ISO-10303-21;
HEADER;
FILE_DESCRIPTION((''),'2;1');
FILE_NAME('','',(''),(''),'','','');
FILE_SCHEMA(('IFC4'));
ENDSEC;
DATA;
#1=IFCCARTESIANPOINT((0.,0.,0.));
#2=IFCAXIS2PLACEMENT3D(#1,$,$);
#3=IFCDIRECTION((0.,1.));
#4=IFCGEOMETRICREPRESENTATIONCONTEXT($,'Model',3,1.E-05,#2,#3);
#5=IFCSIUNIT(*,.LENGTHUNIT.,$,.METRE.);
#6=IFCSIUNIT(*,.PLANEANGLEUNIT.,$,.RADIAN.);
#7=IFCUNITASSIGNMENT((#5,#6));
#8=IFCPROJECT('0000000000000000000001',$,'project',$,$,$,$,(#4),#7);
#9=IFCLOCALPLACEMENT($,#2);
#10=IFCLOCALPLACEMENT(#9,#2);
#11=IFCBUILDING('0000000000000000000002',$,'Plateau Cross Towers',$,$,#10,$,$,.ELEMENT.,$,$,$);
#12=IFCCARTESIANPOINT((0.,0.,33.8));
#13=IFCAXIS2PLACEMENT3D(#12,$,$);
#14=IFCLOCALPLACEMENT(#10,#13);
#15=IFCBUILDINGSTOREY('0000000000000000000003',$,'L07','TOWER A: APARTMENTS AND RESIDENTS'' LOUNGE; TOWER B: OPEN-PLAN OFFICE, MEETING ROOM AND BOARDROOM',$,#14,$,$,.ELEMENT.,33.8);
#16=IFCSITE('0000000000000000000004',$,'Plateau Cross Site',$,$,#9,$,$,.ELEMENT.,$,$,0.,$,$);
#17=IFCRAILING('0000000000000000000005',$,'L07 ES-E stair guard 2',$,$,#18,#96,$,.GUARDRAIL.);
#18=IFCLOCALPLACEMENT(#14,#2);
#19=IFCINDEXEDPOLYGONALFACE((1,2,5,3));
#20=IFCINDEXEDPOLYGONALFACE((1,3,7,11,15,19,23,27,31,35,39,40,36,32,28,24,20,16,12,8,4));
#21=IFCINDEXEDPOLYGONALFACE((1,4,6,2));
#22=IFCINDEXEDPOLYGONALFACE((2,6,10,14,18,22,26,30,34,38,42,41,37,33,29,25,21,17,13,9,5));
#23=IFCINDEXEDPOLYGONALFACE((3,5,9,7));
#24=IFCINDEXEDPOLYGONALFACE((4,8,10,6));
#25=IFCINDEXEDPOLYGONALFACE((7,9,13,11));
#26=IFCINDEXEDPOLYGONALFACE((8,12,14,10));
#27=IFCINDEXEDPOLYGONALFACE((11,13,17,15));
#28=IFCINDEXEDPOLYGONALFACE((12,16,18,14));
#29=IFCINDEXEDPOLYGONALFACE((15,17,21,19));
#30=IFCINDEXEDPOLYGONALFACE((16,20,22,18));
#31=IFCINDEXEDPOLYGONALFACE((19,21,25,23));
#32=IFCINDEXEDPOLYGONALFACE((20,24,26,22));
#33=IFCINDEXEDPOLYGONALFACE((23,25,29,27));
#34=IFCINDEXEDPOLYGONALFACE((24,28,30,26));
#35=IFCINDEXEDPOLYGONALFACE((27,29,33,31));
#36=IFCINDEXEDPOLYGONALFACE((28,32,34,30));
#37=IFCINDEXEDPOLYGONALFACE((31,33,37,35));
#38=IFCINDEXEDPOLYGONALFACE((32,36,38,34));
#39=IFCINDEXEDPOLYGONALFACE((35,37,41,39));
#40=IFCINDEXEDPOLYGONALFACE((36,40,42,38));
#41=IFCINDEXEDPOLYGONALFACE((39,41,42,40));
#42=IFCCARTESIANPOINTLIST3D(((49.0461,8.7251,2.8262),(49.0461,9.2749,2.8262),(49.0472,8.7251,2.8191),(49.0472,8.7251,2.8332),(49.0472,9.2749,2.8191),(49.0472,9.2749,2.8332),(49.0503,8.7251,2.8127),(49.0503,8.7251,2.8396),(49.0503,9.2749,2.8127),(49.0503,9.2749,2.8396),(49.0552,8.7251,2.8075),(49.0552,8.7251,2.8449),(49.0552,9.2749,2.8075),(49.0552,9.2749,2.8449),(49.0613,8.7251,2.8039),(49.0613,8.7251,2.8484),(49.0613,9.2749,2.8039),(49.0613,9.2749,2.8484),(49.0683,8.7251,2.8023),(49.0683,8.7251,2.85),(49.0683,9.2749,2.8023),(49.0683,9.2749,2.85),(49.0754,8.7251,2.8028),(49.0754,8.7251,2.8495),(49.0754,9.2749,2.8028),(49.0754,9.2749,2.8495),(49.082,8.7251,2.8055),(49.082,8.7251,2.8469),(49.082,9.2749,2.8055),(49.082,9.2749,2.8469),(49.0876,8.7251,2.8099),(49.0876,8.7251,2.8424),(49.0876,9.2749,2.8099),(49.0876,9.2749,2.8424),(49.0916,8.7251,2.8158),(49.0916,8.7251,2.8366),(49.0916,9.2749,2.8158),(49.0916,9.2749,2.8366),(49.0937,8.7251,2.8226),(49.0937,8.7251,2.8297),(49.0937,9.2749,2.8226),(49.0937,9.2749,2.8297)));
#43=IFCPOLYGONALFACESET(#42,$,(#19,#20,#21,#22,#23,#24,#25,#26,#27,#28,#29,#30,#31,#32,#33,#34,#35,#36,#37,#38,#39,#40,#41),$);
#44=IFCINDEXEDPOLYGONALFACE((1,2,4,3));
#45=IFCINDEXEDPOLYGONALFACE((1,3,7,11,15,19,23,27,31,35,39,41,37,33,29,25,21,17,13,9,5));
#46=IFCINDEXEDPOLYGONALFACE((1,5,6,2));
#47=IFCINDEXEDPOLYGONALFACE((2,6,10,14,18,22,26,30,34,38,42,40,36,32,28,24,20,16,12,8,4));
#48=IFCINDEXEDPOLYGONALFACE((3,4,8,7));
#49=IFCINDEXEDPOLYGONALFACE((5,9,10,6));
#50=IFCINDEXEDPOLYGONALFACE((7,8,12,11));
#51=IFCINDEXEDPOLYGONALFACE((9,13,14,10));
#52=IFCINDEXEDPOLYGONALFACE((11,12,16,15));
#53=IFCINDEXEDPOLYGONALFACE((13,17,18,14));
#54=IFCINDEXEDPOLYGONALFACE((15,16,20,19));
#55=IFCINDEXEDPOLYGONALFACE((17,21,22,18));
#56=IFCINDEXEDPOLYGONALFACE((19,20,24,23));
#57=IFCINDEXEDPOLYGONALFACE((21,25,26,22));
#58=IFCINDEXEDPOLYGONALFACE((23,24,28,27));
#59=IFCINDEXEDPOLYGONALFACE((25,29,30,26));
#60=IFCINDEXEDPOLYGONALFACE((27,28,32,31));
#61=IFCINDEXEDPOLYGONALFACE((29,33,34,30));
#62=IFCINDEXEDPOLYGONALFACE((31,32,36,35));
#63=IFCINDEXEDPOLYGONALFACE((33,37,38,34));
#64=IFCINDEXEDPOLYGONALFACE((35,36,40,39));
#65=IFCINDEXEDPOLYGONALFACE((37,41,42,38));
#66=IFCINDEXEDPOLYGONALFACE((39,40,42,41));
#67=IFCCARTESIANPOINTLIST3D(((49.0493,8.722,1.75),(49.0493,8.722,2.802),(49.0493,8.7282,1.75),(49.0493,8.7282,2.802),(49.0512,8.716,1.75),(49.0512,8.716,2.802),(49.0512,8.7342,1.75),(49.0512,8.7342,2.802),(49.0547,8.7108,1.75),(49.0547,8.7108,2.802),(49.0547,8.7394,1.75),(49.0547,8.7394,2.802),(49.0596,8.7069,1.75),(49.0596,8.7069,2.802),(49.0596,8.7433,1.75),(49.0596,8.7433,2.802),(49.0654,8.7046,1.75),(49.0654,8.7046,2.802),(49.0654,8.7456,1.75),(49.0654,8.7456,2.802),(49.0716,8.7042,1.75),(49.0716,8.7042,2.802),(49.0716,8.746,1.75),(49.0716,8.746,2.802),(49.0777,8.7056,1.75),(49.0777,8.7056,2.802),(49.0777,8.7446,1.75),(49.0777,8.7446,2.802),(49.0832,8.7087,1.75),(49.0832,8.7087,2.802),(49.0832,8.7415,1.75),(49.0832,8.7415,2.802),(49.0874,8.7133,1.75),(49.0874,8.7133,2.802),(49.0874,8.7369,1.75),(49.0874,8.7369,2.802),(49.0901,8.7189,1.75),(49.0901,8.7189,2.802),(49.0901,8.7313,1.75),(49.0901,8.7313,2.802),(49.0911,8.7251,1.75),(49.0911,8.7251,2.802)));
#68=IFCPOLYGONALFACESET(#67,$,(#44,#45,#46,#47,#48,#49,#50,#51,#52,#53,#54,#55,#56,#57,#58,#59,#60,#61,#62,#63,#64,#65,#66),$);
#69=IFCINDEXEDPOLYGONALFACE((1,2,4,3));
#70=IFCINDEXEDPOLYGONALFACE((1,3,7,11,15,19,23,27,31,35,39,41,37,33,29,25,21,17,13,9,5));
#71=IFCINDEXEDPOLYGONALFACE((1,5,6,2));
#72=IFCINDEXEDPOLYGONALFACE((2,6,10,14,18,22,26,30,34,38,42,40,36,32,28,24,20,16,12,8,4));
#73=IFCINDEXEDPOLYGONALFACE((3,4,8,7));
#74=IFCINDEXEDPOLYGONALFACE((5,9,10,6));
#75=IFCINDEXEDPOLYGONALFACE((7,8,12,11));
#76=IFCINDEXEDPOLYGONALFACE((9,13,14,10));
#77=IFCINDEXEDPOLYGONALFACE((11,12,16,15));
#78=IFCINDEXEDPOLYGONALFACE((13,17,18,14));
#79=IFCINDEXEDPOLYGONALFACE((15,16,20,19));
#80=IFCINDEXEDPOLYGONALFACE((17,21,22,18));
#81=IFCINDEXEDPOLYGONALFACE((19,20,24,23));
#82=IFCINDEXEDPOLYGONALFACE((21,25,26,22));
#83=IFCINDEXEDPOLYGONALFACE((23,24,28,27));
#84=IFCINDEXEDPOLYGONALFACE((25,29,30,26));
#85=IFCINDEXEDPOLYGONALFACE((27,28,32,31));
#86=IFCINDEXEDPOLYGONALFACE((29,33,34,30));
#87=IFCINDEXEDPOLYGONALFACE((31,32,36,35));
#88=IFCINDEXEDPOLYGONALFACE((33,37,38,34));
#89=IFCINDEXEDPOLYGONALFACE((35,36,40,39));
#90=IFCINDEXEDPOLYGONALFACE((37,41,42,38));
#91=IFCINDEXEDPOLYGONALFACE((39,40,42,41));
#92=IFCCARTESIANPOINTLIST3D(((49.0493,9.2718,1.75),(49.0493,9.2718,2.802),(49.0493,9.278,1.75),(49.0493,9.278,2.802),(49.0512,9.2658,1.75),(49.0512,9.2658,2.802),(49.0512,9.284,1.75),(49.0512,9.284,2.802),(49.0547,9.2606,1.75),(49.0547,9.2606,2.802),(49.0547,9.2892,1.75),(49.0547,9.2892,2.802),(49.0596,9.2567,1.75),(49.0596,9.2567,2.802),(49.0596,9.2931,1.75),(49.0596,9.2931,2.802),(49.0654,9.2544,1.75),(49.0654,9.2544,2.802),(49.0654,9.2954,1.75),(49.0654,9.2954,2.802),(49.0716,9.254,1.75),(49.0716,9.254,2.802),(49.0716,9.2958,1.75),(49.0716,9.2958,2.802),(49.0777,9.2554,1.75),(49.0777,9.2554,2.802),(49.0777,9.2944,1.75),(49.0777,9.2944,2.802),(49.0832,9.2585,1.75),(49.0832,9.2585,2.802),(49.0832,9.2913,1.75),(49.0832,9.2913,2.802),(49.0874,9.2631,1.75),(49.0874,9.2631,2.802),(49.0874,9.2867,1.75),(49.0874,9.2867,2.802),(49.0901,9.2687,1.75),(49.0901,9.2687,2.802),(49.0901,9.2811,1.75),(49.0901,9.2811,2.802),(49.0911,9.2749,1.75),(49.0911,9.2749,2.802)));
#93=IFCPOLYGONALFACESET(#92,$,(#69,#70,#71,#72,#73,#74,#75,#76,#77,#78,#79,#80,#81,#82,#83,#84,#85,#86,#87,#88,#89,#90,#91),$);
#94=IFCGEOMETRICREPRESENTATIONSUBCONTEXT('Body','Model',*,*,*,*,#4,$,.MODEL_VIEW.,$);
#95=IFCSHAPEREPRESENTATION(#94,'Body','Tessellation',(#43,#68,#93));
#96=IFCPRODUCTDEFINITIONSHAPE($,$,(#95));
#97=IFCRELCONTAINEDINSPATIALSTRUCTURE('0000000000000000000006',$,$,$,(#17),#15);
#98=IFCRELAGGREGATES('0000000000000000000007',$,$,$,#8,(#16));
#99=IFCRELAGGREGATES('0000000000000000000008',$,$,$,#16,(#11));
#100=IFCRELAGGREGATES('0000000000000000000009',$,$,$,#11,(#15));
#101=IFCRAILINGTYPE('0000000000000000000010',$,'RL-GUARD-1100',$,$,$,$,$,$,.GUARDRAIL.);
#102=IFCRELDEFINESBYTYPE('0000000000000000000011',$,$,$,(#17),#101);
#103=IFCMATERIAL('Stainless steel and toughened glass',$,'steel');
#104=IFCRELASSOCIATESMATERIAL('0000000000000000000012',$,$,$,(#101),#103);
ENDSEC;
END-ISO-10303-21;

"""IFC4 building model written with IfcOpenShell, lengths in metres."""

from ifc_helpers import new_model, si_unit, direction, frame, origin, origin_2d, place, context, subcontext, project, spatial, circle, extrude, material, type_object, element, save


model = new_model("IFC4")

# Units and contexts
model_context = context("Model", 3, precision=1e-05, world=origin(), true_north=direction((0.0, 1.0)))
body_context = subcontext(model_context, "Body", "Model", "MODEL_VIEW")
ifc_project = project(units=[si_unit("LENGTHUNIT", "METRE"), si_unit("PLANEANGLEUNIT", "RADIAN")], contexts=[model_context])

# Site, building, storey
site_placement = place(None, origin())
site = spatial("IfcSite", under=ifc_project, at=site_placement, Name="Plateau Cross Site", CompositionType="ELEMENT", RefElevation=0.0)
building_placement = place(site_placement, origin())
building = spatial("IfcBuilding", under=site, at=building_placement, Name="Plateau Cross Towers", CompositionType="ELEMENT")
storey_placement = place(building_placement, frame((0.0, 0.0, 33.8)))
storey = spatial("IfcBuildingStorey", under=building, at=storey_placement, Name="L07", Description="TOWER A: APARTMENTS AND RESIDENTS' LOUNGE; TOWER B: OPEN-PLAN OFFICE, MEETING ROOM AND BOARDROOM", CompositionType="ELEMENT", Elevation=33.8)

# Railing
ifc_material_1 = material(Name="Stainless steel and toughened glass", Category="steel")
railing_type_1 = type_object("IfcRailingType", Name="RL-GUARD-1100", PredefinedType="GUARDRAIL", material=ifc_material_1)
railing_1_placement = place(storey_placement, frame((49.0701, 8.7251, 1.75)))
element("IfcRailing", 1, at=railing_1_placement, inside=storey, type_object=railing_type_1, Name="L07 ES-E stair guard 2", PredefinedType="GUARDRAIL", context=body_context, shape_type="SweptSolid", body=[
    extrude(circle(Radius=0.0239, at=origin_2d()), frame((0.0, 0.0, 1.0762), z_axis=(0.0, 1.0, 0.0), x_axis=(-1.0, 0.0, 0.0)), (0.0, 0.0, 1.0), 0.5498),
    extrude(circle(Radius=0.021, at=origin_2d()), origin(), (0.0, 0.0, 1.0), 1.052),
    extrude(circle(Radius=0.021, at=origin_2d()), frame((0.0, 0.5498, 0.0)), (0.0, 0.0, 1.0), 1.052),
])

save(model, "model.ifc")
